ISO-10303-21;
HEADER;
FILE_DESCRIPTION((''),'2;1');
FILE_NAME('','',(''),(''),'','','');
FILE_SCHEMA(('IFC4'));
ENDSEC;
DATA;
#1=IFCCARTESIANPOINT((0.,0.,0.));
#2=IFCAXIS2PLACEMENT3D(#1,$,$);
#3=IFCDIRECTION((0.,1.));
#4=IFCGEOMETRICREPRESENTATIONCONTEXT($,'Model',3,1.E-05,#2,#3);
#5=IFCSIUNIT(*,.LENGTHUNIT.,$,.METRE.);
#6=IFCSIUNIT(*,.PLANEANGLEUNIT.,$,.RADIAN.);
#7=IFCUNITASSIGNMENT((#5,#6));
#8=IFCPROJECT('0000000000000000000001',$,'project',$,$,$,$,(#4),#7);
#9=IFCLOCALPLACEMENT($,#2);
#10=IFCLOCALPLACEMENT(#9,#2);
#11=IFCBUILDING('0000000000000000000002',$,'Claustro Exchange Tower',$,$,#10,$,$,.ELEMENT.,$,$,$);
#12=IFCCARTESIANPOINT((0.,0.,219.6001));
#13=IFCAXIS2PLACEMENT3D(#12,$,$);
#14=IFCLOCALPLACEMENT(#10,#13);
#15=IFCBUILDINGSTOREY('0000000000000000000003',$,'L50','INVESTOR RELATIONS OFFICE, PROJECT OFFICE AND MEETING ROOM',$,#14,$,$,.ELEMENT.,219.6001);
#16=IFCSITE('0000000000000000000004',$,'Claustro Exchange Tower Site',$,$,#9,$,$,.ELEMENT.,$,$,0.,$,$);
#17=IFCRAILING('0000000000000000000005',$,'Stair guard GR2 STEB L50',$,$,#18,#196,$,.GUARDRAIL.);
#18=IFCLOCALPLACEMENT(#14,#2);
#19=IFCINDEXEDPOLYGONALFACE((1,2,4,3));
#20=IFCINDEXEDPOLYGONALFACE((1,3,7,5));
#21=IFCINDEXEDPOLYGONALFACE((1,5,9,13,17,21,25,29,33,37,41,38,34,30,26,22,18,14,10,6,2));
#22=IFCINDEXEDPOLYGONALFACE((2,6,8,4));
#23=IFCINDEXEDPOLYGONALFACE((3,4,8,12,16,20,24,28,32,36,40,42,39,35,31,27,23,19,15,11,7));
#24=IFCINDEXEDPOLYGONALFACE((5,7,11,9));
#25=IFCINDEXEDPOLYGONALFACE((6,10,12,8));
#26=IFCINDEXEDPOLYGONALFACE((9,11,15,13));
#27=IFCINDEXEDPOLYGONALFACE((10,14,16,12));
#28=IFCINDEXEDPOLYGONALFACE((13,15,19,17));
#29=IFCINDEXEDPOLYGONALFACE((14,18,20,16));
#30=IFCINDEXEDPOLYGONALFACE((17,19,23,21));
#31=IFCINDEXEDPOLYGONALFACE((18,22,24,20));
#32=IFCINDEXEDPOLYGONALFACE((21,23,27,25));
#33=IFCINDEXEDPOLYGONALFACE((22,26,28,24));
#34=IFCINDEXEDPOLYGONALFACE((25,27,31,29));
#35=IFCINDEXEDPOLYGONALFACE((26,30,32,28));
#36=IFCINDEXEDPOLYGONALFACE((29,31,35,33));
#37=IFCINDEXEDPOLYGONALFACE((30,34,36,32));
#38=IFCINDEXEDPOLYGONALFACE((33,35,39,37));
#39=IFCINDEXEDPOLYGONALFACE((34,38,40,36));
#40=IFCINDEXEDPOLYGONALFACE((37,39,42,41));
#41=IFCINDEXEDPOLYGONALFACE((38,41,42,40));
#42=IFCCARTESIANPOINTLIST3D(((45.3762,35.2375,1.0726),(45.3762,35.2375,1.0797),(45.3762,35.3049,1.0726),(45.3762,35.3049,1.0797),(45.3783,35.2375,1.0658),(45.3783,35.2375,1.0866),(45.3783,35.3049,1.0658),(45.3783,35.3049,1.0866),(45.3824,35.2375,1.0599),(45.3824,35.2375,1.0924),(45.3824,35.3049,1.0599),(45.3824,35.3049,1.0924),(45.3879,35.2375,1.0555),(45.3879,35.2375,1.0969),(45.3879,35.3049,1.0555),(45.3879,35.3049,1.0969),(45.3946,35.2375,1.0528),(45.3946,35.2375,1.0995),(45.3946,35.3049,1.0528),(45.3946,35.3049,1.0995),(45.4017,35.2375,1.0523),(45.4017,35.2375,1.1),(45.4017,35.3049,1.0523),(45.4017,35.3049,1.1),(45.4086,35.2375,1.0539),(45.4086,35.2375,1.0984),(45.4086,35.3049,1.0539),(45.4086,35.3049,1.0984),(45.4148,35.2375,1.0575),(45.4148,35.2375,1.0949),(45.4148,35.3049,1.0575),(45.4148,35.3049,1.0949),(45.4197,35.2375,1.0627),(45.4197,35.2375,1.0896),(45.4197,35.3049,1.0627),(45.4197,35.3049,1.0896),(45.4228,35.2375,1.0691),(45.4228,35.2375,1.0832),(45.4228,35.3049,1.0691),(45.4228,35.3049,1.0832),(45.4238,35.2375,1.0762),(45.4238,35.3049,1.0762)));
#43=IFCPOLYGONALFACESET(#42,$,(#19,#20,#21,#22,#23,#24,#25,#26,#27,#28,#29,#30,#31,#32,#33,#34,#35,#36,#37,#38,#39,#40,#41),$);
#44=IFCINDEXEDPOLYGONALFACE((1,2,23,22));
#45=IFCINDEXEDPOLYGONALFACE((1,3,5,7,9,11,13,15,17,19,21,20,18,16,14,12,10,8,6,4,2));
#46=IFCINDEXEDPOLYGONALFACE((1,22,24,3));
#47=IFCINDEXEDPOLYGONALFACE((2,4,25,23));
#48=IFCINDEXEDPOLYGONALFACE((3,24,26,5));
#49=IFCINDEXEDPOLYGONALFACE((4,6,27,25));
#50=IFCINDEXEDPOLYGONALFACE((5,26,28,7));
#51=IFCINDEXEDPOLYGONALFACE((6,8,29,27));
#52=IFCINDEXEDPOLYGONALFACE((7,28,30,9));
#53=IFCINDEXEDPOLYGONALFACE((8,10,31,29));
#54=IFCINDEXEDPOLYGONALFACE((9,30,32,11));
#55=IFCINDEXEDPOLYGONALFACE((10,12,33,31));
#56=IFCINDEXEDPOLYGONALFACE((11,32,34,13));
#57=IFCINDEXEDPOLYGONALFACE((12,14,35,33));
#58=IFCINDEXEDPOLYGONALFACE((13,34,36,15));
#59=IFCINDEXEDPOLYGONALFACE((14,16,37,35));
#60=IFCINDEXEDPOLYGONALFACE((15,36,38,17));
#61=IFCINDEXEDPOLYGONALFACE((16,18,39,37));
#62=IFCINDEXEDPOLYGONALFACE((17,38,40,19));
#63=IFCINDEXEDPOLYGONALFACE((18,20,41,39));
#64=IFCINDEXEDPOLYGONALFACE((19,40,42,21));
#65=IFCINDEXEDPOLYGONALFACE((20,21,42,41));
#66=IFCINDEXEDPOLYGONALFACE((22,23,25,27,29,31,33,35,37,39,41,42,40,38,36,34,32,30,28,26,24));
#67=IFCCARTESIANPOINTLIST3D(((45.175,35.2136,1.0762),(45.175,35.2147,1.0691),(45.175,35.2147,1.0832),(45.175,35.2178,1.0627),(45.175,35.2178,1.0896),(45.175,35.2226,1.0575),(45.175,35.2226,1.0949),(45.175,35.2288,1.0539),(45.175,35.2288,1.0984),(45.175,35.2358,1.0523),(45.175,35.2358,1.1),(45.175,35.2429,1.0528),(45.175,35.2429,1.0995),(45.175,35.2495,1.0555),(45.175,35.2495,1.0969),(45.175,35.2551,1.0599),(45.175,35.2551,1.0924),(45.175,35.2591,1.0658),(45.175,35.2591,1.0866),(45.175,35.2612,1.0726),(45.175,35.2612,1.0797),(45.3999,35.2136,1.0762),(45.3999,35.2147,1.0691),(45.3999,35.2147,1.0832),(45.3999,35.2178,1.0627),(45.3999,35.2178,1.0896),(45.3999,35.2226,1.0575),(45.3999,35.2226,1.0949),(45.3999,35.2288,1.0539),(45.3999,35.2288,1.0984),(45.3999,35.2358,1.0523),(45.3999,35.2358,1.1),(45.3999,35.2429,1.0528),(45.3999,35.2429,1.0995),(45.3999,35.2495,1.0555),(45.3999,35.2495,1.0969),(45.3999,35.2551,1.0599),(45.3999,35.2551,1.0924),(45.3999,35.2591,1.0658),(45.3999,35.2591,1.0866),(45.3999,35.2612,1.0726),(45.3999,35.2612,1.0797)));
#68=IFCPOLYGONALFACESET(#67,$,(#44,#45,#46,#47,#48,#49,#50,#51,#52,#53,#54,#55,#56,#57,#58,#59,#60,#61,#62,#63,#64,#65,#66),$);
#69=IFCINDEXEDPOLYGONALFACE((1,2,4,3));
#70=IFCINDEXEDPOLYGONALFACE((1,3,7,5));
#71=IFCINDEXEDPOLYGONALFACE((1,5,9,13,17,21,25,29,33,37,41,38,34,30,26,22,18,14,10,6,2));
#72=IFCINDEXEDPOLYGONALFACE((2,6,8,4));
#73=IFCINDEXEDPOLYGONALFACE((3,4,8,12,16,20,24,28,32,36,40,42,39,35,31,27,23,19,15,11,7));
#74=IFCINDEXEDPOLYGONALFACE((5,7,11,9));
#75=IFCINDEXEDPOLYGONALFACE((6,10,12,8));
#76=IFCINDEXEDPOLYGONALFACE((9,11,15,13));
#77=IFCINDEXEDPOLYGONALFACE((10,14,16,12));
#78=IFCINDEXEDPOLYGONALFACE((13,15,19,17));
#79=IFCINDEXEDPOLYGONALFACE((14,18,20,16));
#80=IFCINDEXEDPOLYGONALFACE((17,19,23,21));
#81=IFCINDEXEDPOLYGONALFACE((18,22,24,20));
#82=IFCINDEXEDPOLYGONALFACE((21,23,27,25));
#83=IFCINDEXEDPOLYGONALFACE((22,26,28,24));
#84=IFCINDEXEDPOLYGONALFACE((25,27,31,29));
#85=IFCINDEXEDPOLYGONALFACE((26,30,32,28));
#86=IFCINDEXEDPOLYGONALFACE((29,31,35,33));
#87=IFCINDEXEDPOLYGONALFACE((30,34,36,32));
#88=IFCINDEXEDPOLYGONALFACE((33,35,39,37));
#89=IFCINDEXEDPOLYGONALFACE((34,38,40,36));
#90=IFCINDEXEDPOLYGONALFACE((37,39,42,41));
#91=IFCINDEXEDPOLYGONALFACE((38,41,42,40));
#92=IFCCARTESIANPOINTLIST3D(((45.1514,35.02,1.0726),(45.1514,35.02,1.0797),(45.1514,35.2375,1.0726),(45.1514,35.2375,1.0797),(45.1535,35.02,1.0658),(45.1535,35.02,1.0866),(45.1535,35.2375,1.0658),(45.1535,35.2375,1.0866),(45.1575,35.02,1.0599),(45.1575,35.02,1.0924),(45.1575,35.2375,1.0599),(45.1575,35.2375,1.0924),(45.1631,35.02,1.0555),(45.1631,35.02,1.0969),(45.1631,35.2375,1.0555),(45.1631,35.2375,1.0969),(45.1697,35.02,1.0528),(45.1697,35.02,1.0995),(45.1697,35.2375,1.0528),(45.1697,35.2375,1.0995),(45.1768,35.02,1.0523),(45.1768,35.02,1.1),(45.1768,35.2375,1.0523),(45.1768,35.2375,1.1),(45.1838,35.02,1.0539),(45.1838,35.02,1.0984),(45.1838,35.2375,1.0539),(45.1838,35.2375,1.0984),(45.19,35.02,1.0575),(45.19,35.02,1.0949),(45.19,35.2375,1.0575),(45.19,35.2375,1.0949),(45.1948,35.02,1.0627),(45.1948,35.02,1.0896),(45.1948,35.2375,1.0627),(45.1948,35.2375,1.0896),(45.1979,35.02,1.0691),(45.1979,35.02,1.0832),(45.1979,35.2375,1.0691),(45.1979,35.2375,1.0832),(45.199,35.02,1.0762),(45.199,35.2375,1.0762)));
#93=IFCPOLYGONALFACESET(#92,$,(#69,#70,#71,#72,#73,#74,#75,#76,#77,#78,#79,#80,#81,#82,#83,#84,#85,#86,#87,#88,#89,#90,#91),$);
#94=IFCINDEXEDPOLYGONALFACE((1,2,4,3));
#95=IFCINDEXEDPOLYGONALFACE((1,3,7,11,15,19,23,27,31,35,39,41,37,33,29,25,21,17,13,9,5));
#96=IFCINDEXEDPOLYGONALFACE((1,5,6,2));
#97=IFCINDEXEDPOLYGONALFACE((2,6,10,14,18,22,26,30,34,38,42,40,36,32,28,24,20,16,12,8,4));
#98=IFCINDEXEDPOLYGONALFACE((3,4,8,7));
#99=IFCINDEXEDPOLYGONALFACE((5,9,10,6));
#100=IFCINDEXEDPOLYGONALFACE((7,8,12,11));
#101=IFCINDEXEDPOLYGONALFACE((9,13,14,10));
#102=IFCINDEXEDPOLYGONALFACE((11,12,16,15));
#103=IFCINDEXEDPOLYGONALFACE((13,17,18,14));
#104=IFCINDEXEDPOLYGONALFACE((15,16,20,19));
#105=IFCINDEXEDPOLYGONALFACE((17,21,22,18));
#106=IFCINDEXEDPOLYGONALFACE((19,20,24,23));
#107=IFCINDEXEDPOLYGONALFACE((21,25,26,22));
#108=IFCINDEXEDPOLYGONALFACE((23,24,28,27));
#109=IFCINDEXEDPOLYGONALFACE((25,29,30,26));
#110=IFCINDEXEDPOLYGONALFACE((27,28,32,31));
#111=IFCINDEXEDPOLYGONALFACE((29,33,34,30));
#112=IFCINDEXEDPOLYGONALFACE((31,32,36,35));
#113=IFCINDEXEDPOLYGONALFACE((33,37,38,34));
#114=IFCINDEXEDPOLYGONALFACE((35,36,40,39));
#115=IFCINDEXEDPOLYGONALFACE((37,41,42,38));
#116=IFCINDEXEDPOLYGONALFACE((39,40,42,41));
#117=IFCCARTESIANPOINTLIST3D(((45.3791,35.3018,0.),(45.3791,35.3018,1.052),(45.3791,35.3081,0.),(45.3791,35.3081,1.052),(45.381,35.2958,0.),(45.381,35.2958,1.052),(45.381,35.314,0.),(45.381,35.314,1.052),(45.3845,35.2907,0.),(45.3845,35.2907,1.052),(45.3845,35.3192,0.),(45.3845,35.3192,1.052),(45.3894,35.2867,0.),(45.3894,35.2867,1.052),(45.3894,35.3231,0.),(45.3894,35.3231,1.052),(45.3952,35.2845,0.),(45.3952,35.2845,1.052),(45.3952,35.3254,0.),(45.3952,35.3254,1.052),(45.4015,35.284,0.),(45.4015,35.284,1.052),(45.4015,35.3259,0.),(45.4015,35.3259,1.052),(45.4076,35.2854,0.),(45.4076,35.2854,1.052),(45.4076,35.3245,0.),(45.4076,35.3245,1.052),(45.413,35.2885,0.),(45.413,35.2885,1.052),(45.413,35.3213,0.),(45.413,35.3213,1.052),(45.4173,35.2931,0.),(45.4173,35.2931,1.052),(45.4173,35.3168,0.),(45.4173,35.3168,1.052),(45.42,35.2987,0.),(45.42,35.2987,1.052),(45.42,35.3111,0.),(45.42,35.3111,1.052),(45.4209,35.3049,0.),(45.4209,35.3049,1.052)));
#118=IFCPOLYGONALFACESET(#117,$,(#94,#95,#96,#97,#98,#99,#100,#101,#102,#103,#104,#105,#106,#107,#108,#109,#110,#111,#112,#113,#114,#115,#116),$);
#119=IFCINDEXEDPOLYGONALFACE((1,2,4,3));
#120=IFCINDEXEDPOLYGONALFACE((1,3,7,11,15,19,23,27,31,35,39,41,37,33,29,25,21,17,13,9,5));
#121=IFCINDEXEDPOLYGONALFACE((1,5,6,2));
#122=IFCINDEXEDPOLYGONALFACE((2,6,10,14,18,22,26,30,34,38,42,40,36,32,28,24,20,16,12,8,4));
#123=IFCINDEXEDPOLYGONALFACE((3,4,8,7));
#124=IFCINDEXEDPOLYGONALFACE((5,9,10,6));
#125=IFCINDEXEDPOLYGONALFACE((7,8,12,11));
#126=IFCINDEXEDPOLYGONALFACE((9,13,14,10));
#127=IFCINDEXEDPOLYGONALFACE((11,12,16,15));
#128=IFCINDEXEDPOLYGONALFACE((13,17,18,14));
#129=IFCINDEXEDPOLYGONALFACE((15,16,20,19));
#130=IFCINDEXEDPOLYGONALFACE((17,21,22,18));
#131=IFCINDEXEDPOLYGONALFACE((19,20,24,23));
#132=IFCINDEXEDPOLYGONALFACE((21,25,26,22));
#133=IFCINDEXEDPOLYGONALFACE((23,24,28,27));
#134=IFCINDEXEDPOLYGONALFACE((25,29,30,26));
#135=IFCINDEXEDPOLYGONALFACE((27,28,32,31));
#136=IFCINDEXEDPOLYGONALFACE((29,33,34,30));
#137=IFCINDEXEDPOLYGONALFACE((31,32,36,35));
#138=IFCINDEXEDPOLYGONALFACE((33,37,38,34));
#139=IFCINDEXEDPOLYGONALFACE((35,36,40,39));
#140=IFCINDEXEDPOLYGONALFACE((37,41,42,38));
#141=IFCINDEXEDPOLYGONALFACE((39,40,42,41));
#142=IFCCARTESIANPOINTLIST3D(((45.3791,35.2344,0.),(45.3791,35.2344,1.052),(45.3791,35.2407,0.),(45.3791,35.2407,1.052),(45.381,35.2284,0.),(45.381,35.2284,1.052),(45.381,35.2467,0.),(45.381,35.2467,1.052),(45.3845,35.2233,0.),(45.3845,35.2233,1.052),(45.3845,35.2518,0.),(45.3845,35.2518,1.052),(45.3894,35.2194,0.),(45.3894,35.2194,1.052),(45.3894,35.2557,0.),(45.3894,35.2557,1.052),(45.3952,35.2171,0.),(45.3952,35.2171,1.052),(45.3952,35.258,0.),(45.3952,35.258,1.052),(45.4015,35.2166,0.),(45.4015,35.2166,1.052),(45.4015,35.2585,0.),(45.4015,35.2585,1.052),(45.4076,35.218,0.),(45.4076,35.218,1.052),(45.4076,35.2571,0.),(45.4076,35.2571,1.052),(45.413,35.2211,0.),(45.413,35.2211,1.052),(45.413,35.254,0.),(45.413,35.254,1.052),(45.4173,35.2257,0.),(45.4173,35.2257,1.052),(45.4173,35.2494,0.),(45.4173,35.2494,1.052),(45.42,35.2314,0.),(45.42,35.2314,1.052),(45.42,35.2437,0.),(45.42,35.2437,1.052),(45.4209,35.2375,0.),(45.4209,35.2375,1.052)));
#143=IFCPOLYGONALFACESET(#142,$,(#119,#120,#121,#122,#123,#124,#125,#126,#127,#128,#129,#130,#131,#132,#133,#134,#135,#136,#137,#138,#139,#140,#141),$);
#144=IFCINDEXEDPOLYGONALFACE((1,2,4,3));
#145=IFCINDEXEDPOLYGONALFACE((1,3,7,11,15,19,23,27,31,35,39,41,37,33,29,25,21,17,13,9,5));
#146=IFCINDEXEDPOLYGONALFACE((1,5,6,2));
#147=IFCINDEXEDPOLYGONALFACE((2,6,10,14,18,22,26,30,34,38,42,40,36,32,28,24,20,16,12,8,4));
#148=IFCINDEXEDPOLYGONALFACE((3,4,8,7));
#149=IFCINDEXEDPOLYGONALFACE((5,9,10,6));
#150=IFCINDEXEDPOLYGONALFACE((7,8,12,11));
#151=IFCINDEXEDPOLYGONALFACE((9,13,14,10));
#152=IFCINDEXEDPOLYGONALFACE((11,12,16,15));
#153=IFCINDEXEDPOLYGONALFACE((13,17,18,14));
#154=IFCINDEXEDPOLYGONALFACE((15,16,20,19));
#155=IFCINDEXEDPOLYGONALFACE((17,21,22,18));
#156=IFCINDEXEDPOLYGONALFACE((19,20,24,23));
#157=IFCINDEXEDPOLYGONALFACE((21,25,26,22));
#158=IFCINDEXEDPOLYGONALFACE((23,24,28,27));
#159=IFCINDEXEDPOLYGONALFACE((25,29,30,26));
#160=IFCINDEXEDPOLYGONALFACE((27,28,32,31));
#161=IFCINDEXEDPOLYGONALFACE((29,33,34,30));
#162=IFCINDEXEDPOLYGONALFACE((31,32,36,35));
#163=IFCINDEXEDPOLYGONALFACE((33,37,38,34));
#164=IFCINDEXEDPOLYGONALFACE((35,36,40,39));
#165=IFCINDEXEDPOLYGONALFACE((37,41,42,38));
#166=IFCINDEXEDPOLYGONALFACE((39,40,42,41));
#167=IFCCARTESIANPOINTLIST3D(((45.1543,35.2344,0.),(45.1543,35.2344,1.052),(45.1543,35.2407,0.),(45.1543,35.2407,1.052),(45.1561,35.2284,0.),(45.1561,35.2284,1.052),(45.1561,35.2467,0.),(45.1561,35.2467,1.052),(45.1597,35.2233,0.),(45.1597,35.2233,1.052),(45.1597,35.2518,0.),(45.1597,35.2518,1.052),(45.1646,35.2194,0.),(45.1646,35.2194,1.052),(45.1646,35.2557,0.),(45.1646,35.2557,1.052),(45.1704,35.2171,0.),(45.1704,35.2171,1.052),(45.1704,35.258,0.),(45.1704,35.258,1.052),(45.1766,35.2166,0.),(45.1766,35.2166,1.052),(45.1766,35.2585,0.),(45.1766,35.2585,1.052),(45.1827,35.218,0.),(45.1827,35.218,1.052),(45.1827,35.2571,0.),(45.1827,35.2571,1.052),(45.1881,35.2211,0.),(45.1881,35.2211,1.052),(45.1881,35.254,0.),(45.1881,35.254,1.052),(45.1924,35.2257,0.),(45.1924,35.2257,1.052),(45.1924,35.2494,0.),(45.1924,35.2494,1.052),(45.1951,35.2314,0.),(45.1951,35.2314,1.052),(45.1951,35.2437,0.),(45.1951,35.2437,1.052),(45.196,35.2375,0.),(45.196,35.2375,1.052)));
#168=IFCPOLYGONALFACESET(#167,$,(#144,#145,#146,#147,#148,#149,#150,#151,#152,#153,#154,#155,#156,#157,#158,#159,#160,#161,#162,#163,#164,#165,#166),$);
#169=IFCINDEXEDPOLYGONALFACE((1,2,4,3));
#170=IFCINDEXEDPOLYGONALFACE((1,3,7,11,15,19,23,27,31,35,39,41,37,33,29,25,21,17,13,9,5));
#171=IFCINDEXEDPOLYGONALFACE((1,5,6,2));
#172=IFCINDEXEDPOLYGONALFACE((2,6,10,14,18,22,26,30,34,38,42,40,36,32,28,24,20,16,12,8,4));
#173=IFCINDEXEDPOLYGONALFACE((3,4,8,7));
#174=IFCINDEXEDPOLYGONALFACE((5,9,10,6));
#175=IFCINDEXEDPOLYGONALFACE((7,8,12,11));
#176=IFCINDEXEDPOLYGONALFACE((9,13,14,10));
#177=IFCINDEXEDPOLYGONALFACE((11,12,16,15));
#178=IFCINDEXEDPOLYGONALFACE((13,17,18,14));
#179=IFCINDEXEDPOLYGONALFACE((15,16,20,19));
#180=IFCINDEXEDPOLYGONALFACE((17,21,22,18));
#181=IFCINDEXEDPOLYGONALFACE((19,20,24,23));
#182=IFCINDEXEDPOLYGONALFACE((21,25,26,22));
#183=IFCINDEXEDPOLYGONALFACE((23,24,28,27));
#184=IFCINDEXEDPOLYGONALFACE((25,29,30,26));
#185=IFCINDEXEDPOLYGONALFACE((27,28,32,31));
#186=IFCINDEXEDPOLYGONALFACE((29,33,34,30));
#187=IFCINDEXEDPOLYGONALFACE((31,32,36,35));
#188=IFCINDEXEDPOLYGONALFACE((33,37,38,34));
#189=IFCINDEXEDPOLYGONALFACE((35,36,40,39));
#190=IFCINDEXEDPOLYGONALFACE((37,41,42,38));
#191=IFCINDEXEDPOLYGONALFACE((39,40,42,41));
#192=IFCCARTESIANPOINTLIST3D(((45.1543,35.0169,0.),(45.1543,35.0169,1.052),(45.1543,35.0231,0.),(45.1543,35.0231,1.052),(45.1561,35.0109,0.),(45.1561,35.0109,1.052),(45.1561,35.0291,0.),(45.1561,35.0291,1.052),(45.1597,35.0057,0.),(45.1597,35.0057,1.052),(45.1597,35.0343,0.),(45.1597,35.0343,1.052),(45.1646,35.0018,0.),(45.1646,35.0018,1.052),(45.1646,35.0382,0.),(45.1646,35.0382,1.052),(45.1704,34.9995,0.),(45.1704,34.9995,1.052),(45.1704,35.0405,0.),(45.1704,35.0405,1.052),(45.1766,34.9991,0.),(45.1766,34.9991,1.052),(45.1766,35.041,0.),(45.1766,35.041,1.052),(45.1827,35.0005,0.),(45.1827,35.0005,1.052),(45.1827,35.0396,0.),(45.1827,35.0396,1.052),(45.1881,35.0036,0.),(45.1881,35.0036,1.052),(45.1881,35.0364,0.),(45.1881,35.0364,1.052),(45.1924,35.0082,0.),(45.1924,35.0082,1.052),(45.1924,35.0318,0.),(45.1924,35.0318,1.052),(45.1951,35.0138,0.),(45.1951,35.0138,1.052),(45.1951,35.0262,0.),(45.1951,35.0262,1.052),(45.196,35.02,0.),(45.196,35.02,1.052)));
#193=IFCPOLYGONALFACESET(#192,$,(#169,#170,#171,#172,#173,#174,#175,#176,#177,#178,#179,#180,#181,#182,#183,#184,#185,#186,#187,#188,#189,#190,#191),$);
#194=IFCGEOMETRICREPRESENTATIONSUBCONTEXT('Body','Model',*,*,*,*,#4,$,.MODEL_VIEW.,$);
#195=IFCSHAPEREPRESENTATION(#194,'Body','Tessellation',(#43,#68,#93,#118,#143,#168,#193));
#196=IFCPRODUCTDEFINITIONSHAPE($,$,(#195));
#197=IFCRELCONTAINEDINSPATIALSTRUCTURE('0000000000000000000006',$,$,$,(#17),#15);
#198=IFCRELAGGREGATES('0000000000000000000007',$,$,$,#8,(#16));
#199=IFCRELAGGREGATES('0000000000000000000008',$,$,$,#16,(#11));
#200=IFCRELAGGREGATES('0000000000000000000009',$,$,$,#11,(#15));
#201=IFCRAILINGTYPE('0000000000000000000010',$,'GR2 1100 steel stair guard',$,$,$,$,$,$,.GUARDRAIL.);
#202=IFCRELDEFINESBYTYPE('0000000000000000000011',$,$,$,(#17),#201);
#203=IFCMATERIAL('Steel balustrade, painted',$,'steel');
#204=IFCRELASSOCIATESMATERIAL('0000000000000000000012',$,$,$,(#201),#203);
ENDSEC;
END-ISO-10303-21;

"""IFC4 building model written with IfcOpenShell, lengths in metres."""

from ifc_helpers import new_model, si_unit, direction, frame, origin, origin_2d, place, context, subcontext, project, spatial, circle, extrude, material, type_object, element, save


model = new_model("IFC4")

# Units and contexts
model_context = context("Model", 3, precision=1e-05, world=origin(), true_north=direction((0.0, 1.0)))
body_context = subcontext(model_context, "Body", "Model", "MODEL_VIEW")
ifc_project = project(units=[si_unit("LENGTHUNIT", "METRE"), si_unit("PLANEANGLEUNIT", "RADIAN")], contexts=[model_context])

# Site, building, storey
site_placement = place(None, origin())
site = spatial("IfcSite", under=ifc_project, at=site_placement, Name="Claustro Exchange Tower Site", CompositionType="ELEMENT", RefElevation=0.0)
building_placement = place(site_placement, origin())
building = spatial("IfcBuilding", under=site, at=building_placement, Name="Claustro Exchange Tower", CompositionType="ELEMENT")
storey_placement = place(building_placement, frame((0.0, 0.0, 219.6001)))
storey = spatial("IfcBuildingStorey", under=building, at=storey_placement, Name="L50", Description="INVESTOR RELATIONS OFFICE, PROJECT OFFICE AND MEETING ROOM", CompositionType="ELEMENT", Elevation=219.6001)

# Railing
ifc_material_1 = material(Name="Steel balustrade, painted", Category="steel")
railing_type_1 = type_object("IfcRailingType", Name="GR2 1100 steel stair guard", PredefinedType="GUARDRAIL", material=ifc_material_1)
railing_1_placement = place(storey_placement, frame((45.3999, 35.3049, 0.0)))
element("IfcRailing", 1, at=railing_1_placement, inside=storey, type_object=railing_type_1, Name="Stair guard GR2 STEB L50", PredefinedType="GUARDRAIL", context=body_context, shape_type="SweptSolid", body=[
    extrude(circle(Radius=0.0239, at=origin_2d()), frame((0.0, 0.0, 1.0762), z_axis=(0.0, -1.0, 0.0), x_axis=(1.0, 0.0, 0.0)), (0.0, 0.0, 1.0), 0.0674),
    extrude(circle(Radius=0.0239, at=origin_2d()), frame((0.0, -0.0674, 1.0762), z_axis=(-1.0, 0.0, 0.0), x_axis=(0.0, -1.0, 0.0)), (0.0, 0.0, 1.0), 0.2249),
    extrude(circle(Radius=0.0239, at=origin_2d()), frame((-0.2249, -0.0674, 1.0762), z_axis=(0.0, -1.0, 0.0), x_axis=(1.0, 0.0, 0.0)), (0.0, 0.0, 1.0), 0.2175),
    extrude(circle(Radius=0.021, at=origin_2d()), origin(), (0.0, 0.0, 1.0), 1.052),
    extrude(circle(Radius=0.021, at=origin_2d()), frame((0.0, -0.0674, 0.0)), (0.0, 0.0, 1.0), 1.052),
    extrude(circle(Radius=0.021, at=origin_2d()), frame((-0.2249, -0.0674, 0.0)), (0.0, 0.0, 1.0), 1.052),
    extrude(circle(Radius=0.021, at=origin_2d()), frame((-0.2249, -0.2849, 0.0)), (0.0, 0.0, 1.0), 1.052),
])

save(model, "model.ifc")
